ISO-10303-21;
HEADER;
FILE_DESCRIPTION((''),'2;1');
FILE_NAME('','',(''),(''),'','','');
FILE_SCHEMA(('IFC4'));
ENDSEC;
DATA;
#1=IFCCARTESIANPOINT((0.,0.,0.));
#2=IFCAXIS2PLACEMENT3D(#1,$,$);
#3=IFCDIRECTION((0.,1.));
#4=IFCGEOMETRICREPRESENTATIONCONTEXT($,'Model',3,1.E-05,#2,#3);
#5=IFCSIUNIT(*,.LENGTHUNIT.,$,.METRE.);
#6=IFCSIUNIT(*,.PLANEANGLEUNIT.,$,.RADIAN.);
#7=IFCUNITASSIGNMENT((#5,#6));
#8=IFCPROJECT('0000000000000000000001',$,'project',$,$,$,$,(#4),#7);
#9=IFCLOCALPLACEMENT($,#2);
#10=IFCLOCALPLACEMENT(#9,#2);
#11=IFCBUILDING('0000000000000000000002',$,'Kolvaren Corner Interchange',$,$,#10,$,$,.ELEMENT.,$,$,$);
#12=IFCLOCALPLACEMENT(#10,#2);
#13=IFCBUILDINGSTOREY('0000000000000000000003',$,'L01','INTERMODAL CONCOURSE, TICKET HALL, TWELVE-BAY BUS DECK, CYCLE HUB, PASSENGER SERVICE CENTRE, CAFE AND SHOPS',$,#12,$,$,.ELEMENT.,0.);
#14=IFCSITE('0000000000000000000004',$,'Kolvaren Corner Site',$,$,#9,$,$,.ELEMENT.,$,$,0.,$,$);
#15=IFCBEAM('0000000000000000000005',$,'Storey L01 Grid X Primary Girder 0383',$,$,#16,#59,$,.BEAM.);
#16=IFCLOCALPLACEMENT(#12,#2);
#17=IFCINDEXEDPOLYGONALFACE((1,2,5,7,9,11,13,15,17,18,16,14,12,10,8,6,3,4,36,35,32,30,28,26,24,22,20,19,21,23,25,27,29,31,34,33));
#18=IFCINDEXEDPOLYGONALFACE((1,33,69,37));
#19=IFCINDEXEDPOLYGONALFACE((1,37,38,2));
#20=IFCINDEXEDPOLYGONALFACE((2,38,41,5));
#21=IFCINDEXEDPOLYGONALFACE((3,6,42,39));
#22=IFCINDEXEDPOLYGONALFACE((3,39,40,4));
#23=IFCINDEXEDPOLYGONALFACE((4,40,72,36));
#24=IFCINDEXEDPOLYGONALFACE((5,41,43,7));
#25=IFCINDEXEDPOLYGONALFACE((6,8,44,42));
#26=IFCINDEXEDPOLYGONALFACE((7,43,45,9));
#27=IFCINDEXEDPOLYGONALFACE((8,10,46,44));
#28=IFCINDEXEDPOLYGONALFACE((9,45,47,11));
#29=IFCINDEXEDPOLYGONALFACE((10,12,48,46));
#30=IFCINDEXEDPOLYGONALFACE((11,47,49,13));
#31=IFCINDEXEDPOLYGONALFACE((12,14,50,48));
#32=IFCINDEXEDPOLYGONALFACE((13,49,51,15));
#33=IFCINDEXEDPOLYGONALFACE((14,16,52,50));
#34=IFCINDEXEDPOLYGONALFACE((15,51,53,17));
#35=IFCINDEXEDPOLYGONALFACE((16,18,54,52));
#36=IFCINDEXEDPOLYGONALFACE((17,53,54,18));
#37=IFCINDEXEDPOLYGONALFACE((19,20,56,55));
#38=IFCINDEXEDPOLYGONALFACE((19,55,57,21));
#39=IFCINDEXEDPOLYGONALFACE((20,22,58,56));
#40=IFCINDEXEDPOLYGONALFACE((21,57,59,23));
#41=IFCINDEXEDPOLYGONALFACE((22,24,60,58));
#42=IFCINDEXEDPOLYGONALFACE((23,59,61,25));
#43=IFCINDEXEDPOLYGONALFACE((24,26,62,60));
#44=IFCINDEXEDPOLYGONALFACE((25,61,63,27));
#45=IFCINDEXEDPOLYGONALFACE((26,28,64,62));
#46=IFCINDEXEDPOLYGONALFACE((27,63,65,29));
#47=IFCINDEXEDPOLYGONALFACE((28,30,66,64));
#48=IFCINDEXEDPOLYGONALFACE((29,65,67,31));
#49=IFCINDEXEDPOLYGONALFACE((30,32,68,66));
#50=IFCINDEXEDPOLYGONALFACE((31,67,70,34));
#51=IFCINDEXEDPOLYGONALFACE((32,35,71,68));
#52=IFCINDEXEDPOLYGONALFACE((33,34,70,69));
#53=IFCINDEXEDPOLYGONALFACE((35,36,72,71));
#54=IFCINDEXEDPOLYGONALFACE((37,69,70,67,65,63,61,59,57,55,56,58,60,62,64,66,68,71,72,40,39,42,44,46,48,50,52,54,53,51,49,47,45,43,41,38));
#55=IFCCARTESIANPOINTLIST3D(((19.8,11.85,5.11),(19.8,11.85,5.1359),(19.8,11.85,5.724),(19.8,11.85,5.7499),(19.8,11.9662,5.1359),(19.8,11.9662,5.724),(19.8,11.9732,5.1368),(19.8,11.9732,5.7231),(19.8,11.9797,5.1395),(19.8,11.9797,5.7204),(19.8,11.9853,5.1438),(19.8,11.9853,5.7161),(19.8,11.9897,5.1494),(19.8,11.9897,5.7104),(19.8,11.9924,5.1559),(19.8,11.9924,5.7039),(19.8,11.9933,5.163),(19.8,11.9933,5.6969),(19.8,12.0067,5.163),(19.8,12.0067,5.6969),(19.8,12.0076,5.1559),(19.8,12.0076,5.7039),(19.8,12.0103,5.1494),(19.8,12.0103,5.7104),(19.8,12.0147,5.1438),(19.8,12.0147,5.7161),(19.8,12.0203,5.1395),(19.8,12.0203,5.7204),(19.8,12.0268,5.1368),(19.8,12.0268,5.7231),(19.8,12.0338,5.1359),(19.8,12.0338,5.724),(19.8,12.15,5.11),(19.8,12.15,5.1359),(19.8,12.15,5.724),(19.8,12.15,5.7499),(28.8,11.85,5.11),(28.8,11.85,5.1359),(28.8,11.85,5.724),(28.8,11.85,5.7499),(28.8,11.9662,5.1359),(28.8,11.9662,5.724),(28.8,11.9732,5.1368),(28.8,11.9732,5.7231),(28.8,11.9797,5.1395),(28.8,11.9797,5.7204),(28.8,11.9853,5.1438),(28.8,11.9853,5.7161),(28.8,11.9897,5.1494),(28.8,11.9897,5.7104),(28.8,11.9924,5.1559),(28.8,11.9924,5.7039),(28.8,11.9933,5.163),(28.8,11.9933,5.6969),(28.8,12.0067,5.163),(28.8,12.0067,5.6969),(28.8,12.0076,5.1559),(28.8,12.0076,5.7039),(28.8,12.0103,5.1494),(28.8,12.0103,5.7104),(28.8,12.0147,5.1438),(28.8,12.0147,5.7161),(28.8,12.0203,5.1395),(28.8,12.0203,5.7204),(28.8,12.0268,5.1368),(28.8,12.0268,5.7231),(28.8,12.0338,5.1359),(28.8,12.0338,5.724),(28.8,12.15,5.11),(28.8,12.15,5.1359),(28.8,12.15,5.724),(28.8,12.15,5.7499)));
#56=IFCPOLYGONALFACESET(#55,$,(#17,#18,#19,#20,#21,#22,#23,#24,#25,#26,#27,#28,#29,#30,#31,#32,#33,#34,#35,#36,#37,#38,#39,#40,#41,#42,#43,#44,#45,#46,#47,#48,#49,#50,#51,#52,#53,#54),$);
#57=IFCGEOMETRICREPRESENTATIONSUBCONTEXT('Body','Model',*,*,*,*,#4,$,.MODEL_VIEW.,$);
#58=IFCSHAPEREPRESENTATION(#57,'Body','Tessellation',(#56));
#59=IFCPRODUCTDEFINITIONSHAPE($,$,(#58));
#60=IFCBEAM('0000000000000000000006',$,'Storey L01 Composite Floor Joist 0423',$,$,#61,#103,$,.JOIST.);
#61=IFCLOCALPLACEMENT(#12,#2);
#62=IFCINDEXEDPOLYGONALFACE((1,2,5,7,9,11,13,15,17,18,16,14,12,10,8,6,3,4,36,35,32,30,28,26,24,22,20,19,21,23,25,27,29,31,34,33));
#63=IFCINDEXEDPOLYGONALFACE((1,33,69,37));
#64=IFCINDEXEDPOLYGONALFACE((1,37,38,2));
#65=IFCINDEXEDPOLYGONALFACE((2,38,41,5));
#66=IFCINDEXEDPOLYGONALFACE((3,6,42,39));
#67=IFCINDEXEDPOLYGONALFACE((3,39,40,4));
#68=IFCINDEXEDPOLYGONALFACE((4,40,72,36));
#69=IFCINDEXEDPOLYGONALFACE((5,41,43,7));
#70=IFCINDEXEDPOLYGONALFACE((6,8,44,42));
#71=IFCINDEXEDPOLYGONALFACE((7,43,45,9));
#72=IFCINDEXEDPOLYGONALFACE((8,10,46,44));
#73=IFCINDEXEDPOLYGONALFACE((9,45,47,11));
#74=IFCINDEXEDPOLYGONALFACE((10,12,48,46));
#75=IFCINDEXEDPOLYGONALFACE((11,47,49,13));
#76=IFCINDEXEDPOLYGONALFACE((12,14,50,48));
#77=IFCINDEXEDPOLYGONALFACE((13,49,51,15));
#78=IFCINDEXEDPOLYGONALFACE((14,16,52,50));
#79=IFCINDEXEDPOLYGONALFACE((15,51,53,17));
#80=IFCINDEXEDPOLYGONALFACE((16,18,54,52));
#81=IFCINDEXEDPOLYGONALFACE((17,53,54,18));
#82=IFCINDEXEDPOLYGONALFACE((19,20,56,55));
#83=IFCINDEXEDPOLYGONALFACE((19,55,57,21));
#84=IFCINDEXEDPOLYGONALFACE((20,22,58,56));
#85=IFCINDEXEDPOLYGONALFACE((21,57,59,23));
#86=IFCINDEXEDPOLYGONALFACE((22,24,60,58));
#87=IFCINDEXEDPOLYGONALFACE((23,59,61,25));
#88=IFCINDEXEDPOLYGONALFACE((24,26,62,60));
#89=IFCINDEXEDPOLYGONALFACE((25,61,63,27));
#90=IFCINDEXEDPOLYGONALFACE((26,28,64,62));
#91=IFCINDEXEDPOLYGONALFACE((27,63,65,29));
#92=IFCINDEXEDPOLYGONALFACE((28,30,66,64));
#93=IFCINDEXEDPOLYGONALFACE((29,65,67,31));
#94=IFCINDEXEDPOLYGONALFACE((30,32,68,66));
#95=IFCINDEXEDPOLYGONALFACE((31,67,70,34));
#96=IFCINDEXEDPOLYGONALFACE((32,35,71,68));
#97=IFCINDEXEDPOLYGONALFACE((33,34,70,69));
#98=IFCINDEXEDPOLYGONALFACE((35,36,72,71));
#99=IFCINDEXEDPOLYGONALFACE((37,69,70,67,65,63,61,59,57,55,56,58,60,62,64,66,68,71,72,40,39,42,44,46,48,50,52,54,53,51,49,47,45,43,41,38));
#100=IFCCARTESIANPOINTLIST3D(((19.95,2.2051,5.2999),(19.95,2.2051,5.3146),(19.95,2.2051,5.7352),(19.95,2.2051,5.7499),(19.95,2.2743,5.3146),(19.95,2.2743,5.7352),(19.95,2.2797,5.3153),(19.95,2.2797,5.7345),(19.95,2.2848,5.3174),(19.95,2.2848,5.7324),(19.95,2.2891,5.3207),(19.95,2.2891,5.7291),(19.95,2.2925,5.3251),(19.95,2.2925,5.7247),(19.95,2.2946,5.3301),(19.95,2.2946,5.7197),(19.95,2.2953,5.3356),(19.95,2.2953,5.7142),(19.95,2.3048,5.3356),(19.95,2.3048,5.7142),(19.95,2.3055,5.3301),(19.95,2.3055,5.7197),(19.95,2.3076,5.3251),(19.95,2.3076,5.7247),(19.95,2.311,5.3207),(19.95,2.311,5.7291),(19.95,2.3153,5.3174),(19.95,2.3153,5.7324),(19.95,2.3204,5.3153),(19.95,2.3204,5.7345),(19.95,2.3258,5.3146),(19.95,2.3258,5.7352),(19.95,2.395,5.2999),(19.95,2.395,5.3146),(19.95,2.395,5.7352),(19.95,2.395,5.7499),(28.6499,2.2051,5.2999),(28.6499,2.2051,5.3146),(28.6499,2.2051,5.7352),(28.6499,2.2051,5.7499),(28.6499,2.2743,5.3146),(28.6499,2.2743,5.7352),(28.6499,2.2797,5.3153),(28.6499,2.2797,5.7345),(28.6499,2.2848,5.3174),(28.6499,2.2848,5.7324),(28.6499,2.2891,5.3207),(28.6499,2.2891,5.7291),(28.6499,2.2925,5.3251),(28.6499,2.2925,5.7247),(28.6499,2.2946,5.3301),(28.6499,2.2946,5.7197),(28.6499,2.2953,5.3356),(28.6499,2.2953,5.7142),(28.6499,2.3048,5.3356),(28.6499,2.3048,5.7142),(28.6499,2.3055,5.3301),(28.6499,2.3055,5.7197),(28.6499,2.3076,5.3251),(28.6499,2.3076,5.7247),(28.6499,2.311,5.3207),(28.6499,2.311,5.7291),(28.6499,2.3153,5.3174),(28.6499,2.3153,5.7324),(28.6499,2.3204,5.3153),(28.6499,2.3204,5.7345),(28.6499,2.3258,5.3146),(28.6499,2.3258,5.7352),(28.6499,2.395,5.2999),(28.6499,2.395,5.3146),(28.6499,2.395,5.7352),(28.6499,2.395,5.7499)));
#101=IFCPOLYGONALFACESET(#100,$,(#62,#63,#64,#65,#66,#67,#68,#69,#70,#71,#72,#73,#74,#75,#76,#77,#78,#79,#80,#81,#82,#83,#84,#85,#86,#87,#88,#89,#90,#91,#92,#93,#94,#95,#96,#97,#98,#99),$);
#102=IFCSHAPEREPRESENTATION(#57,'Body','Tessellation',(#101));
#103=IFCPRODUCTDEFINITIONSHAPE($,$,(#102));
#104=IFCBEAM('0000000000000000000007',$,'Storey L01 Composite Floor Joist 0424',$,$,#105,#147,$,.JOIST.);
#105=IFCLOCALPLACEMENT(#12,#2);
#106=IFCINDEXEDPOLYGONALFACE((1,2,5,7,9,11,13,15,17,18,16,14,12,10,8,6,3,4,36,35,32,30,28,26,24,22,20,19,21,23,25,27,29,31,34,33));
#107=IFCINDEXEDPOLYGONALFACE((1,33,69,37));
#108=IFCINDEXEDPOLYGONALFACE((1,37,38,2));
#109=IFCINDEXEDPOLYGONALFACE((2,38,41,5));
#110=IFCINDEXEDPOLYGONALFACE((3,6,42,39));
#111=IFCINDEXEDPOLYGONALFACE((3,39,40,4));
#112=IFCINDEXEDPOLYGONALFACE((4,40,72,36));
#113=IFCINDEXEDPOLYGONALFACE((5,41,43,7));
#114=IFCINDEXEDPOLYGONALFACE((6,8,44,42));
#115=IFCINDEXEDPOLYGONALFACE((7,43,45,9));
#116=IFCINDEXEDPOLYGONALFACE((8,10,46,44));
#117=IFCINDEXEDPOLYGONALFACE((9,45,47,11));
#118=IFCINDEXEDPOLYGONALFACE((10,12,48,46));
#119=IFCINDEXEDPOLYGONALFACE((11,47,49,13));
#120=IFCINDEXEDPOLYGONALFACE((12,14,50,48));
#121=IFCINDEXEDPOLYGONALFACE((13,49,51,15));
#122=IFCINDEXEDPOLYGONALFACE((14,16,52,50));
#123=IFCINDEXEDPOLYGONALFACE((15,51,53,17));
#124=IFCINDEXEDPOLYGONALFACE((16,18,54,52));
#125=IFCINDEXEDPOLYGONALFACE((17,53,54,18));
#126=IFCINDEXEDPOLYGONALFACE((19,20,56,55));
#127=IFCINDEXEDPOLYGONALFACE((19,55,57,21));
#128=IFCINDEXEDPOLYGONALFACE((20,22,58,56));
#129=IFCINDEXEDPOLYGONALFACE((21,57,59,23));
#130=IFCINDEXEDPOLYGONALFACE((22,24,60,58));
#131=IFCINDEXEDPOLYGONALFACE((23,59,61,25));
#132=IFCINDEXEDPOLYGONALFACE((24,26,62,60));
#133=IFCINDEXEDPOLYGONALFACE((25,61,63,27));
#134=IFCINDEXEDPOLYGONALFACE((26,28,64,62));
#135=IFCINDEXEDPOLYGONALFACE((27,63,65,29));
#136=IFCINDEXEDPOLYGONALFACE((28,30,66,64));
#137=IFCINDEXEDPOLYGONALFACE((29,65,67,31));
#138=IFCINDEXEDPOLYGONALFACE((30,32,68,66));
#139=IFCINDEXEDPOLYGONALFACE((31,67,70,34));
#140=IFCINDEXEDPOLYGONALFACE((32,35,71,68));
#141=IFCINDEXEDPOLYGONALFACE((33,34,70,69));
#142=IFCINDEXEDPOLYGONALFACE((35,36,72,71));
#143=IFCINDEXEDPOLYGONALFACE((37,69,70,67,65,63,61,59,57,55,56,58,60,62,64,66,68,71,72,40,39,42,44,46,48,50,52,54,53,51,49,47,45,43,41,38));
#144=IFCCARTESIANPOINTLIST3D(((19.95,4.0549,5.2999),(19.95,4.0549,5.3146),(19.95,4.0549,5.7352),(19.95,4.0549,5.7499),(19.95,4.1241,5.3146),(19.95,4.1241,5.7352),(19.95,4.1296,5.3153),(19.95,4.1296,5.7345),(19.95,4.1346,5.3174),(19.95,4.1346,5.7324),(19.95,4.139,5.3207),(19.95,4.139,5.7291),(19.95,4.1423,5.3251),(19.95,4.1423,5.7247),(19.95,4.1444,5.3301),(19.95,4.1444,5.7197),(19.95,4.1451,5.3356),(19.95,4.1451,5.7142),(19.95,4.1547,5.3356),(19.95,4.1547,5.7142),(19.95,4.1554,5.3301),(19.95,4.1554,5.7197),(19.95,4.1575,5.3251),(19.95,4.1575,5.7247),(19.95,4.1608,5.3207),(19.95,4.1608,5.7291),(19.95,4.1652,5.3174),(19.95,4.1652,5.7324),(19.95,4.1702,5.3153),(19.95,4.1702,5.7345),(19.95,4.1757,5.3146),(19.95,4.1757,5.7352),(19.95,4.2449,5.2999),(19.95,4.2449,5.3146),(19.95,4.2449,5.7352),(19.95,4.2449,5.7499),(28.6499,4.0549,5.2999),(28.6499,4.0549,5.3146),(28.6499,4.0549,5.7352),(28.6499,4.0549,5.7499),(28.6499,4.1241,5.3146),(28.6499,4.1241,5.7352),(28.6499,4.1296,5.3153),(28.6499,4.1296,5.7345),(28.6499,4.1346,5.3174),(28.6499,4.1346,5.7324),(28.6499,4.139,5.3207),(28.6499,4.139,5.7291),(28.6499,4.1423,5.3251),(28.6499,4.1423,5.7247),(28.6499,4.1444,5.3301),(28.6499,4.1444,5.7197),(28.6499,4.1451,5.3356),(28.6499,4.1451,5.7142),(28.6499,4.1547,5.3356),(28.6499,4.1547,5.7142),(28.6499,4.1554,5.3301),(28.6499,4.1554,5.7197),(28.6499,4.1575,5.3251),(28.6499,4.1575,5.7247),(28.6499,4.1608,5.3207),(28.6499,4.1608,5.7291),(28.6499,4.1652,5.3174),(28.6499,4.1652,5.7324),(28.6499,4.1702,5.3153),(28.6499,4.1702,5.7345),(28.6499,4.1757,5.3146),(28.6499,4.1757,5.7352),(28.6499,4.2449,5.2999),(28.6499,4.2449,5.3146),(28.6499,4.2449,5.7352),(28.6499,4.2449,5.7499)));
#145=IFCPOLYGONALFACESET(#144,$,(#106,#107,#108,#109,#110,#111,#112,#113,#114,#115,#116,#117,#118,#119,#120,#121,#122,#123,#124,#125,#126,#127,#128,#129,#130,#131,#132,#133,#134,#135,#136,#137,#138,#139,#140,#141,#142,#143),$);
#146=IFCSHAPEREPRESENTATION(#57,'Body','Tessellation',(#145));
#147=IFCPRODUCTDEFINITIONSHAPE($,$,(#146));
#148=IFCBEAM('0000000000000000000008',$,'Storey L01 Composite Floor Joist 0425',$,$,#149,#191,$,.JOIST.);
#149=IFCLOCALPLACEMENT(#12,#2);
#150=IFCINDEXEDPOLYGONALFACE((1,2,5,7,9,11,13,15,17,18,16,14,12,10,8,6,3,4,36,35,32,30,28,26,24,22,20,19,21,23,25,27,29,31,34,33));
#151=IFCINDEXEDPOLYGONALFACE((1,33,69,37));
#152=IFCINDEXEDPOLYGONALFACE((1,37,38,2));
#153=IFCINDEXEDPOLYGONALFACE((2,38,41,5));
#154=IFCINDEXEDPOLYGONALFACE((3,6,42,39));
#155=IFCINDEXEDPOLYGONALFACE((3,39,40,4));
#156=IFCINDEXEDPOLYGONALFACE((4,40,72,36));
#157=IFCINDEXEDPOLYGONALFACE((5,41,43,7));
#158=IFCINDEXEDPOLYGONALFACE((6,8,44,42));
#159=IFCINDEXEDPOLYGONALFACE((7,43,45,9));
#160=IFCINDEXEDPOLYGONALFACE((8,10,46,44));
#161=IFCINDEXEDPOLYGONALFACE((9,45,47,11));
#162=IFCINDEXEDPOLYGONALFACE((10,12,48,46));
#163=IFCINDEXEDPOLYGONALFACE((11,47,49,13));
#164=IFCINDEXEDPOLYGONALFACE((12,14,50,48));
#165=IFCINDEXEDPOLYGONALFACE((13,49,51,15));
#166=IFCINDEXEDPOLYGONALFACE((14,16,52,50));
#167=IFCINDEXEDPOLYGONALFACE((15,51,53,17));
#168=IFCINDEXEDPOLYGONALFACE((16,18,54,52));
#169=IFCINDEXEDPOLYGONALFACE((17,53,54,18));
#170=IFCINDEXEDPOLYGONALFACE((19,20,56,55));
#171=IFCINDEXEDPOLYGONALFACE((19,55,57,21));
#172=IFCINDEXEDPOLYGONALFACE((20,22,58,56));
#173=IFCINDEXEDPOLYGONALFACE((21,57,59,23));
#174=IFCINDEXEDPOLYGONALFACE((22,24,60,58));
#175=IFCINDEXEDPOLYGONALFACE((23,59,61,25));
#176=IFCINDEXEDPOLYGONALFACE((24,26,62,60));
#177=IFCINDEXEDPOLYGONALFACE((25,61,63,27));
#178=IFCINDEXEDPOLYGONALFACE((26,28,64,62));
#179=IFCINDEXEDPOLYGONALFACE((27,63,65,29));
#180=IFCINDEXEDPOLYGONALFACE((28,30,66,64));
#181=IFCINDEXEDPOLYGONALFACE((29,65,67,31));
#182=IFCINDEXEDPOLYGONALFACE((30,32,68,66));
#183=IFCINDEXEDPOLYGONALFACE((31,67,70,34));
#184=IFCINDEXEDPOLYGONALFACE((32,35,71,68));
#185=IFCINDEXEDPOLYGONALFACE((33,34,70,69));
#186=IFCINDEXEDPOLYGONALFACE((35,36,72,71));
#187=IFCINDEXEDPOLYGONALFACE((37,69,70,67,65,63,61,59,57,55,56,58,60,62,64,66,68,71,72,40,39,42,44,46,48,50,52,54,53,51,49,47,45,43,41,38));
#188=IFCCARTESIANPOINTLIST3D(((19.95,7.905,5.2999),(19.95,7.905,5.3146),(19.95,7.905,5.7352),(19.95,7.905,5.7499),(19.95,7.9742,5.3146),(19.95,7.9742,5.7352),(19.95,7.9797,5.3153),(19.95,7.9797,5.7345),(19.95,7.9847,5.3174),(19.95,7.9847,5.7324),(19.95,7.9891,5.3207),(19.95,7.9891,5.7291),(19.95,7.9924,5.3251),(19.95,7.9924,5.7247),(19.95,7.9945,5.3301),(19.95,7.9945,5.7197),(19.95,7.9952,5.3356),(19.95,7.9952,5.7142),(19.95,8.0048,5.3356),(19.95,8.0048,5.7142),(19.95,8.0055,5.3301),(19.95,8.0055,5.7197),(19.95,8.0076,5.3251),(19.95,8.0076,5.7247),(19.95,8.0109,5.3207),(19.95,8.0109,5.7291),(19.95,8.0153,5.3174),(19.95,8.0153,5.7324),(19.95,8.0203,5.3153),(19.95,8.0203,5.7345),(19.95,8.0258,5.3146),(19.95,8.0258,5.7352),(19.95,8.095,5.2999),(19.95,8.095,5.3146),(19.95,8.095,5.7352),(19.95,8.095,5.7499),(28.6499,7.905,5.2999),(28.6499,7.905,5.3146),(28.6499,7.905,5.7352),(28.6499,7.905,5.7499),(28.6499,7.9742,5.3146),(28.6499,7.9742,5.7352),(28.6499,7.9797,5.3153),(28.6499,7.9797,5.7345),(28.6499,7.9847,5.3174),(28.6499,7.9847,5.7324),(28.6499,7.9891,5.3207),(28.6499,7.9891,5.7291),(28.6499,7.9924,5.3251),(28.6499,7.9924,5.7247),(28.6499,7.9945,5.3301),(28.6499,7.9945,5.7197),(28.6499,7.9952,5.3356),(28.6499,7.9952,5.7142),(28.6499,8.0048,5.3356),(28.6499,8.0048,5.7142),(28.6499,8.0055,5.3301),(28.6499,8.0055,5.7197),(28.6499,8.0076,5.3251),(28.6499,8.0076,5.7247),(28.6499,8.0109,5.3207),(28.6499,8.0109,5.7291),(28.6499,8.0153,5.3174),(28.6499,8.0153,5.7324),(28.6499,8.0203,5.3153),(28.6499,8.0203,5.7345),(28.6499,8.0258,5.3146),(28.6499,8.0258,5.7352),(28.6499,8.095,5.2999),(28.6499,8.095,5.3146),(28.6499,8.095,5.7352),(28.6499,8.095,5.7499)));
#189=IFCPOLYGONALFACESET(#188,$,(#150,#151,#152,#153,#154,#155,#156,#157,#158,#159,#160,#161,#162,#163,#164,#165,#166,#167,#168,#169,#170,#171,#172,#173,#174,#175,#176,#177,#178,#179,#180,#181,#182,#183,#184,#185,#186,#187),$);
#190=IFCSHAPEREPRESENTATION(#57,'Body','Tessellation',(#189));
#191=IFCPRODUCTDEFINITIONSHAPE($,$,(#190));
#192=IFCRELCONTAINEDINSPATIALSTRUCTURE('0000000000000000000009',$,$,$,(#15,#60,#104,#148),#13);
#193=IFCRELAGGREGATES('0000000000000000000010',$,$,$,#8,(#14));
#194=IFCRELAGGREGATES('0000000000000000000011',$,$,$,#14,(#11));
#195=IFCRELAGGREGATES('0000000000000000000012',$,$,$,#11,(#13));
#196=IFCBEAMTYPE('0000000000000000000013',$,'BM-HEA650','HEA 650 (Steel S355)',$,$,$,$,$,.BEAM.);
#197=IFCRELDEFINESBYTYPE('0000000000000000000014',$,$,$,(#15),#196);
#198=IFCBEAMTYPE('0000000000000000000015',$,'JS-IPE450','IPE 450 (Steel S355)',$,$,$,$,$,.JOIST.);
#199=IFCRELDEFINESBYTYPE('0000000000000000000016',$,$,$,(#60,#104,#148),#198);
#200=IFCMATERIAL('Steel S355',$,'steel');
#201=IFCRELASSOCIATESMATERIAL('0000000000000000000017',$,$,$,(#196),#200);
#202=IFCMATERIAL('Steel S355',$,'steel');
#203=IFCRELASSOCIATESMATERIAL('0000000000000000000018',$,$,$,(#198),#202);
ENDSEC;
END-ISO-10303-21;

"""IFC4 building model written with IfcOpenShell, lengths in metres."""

from ifc_helpers import new_model, si_unit, direction, frame, origin, origin_2d, place, context, subcontext, project, spatial, i_section, extrude, material, material_profile, profile_set, type_object, element, save


model = new_model("IFC4")

# Units and contexts
model_context = context("Model", 3, precision=1e-05, world=origin(), true_north=direction((0.0, 1.0)))
body_context = subcontext(model_context, "Body", "Model", "MODEL_VIEW")
ifc_project = project(units=[si_unit("LENGTHUNIT", "METRE"), si_unit("PLANEANGLEUNIT", "RADIAN")], contexts=[model_context])

# Site, building, storey
site_placement = place(None, origin())
site = spatial("IfcSite", under=ifc_project, at=site_placement, Name="Kolvaren Corner Site", CompositionType="ELEMENT", RefElevation=0.0)
building_placement = place(site_placement, origin())
building = spatial("IfcBuilding", under=site, at=building_placement, Name="Kolvaren Corner Interchange", CompositionType="ELEMENT")
storey_placement = place(building_placement, origin())
storey = spatial("IfcBuildingStorey", under=building, at=storey_placement, Name="L01", Description="INTERMODAL CONCOURSE, TICKET HALL, TWELVE-BAY BUS DECK, CYCLE HUB, PASSENGER SERVICE CENTRE, CAFE AND SHOPS", CompositionType="ELEMENT", Elevation=0.0)

# Beams
ifc_material_1 = material(Name="Steel S355", Category="steel")
ifc_material_profile_1 = material_profile(ifc_material_1, i_section(OverallWidth=0.3, OverallDepth=0.6399, WebThickness=0.0134, FlangeThickness=0.0259, FilletRadius=0.0271, at=origin_2d()), Name="HEA 650")
ifc_profile_set_1 = profile_set([ifc_material_profile_1], Name="Steel S355")
beam_type_1 = type_object("IfcBeamType", Name="BM-HEA650", Description="HEA 650 (Steel S355)", PredefinedType="BEAM", material=ifc_profile_set_1)
for number, where, z_axis, x_axis, name in (
    (1, (19.8, 12.0, 5.4299), (1.0, 0.0, 0.0), (0.0, 1.0, 0.0), "Storey L01 Grid X Primary Girder 0383"),
):
    element("IfcBeam", number, at=place(storey_placement, frame(where, z_axis=z_axis, x_axis=x_axis)), inside=storey, type_object=beam_type_1, Name=name, PredefinedType="BEAM", context=body_context, shape_type="SweptSolid", body=[
        extrude(i_section(OverallWidth=0.3, OverallDepth=0.6399, WebThickness=0.0134, FlangeThickness=0.0259, FilletRadius=0.0271, at=origin_2d()), origin(), (0.0, 0.0, 1.0), 9.0),
    ])
ifc_material_2 = material(Name="Steel S355", Category="steel")
ifc_material_profile_2 = material_profile(ifc_material_2, i_section(OverallWidth=0.1899, OverallDepth=0.45, WebThickness=0.0095, FlangeThickness=0.0146, FilletRadius=0.021, at=origin_2d()), Name="IPE 450")
ifc_profile_set_2 = profile_set([ifc_material_profile_2], Name="Steel S355")
beam_type_2 = type_object("IfcBeamType", Name="JS-IPE450", Description="IPE 450 (Steel S355)", PredefinedType="JOIST", material=ifc_profile_set_2)
for number, where, z_axis, x_axis, name in (
    (2, (19.95, 2.3, 5.5249), (1.0, 0.0, 0.0), (0.0, 1.0, 0.0), "Storey L01 Composite Floor Joist 0423"),
    (3, (19.95, 4.1499, 5.5249), (1.0, 0.0, 0.0), (0.0, 1.0, 0.0), "Storey L01 Composite Floor Joist 0424"),
    (4, (19.95, 8.0, 5.5249), (1.0, 0.0, 0.0), (0.0, 1.0, 0.0), "Storey L01 Composite Floor Joist 0425"),
):
    element("IfcBeam", number, at=place(storey_placement, frame(where, z_axis=z_axis, x_axis=x_axis)), inside=storey, type_object=beam_type_2, Name=name, PredefinedType="JOIST", context=body_context, shape_type="SweptSolid", body=[
        extrude(i_section(OverallWidth=0.1899, OverallDepth=0.45, WebThickness=0.0095, FlangeThickness=0.0146, FilletRadius=0.021, at=origin_2d()), origin(), (0.0, 0.0, 1.0), 8.7),
    ])

save(model, "model.ifc")
